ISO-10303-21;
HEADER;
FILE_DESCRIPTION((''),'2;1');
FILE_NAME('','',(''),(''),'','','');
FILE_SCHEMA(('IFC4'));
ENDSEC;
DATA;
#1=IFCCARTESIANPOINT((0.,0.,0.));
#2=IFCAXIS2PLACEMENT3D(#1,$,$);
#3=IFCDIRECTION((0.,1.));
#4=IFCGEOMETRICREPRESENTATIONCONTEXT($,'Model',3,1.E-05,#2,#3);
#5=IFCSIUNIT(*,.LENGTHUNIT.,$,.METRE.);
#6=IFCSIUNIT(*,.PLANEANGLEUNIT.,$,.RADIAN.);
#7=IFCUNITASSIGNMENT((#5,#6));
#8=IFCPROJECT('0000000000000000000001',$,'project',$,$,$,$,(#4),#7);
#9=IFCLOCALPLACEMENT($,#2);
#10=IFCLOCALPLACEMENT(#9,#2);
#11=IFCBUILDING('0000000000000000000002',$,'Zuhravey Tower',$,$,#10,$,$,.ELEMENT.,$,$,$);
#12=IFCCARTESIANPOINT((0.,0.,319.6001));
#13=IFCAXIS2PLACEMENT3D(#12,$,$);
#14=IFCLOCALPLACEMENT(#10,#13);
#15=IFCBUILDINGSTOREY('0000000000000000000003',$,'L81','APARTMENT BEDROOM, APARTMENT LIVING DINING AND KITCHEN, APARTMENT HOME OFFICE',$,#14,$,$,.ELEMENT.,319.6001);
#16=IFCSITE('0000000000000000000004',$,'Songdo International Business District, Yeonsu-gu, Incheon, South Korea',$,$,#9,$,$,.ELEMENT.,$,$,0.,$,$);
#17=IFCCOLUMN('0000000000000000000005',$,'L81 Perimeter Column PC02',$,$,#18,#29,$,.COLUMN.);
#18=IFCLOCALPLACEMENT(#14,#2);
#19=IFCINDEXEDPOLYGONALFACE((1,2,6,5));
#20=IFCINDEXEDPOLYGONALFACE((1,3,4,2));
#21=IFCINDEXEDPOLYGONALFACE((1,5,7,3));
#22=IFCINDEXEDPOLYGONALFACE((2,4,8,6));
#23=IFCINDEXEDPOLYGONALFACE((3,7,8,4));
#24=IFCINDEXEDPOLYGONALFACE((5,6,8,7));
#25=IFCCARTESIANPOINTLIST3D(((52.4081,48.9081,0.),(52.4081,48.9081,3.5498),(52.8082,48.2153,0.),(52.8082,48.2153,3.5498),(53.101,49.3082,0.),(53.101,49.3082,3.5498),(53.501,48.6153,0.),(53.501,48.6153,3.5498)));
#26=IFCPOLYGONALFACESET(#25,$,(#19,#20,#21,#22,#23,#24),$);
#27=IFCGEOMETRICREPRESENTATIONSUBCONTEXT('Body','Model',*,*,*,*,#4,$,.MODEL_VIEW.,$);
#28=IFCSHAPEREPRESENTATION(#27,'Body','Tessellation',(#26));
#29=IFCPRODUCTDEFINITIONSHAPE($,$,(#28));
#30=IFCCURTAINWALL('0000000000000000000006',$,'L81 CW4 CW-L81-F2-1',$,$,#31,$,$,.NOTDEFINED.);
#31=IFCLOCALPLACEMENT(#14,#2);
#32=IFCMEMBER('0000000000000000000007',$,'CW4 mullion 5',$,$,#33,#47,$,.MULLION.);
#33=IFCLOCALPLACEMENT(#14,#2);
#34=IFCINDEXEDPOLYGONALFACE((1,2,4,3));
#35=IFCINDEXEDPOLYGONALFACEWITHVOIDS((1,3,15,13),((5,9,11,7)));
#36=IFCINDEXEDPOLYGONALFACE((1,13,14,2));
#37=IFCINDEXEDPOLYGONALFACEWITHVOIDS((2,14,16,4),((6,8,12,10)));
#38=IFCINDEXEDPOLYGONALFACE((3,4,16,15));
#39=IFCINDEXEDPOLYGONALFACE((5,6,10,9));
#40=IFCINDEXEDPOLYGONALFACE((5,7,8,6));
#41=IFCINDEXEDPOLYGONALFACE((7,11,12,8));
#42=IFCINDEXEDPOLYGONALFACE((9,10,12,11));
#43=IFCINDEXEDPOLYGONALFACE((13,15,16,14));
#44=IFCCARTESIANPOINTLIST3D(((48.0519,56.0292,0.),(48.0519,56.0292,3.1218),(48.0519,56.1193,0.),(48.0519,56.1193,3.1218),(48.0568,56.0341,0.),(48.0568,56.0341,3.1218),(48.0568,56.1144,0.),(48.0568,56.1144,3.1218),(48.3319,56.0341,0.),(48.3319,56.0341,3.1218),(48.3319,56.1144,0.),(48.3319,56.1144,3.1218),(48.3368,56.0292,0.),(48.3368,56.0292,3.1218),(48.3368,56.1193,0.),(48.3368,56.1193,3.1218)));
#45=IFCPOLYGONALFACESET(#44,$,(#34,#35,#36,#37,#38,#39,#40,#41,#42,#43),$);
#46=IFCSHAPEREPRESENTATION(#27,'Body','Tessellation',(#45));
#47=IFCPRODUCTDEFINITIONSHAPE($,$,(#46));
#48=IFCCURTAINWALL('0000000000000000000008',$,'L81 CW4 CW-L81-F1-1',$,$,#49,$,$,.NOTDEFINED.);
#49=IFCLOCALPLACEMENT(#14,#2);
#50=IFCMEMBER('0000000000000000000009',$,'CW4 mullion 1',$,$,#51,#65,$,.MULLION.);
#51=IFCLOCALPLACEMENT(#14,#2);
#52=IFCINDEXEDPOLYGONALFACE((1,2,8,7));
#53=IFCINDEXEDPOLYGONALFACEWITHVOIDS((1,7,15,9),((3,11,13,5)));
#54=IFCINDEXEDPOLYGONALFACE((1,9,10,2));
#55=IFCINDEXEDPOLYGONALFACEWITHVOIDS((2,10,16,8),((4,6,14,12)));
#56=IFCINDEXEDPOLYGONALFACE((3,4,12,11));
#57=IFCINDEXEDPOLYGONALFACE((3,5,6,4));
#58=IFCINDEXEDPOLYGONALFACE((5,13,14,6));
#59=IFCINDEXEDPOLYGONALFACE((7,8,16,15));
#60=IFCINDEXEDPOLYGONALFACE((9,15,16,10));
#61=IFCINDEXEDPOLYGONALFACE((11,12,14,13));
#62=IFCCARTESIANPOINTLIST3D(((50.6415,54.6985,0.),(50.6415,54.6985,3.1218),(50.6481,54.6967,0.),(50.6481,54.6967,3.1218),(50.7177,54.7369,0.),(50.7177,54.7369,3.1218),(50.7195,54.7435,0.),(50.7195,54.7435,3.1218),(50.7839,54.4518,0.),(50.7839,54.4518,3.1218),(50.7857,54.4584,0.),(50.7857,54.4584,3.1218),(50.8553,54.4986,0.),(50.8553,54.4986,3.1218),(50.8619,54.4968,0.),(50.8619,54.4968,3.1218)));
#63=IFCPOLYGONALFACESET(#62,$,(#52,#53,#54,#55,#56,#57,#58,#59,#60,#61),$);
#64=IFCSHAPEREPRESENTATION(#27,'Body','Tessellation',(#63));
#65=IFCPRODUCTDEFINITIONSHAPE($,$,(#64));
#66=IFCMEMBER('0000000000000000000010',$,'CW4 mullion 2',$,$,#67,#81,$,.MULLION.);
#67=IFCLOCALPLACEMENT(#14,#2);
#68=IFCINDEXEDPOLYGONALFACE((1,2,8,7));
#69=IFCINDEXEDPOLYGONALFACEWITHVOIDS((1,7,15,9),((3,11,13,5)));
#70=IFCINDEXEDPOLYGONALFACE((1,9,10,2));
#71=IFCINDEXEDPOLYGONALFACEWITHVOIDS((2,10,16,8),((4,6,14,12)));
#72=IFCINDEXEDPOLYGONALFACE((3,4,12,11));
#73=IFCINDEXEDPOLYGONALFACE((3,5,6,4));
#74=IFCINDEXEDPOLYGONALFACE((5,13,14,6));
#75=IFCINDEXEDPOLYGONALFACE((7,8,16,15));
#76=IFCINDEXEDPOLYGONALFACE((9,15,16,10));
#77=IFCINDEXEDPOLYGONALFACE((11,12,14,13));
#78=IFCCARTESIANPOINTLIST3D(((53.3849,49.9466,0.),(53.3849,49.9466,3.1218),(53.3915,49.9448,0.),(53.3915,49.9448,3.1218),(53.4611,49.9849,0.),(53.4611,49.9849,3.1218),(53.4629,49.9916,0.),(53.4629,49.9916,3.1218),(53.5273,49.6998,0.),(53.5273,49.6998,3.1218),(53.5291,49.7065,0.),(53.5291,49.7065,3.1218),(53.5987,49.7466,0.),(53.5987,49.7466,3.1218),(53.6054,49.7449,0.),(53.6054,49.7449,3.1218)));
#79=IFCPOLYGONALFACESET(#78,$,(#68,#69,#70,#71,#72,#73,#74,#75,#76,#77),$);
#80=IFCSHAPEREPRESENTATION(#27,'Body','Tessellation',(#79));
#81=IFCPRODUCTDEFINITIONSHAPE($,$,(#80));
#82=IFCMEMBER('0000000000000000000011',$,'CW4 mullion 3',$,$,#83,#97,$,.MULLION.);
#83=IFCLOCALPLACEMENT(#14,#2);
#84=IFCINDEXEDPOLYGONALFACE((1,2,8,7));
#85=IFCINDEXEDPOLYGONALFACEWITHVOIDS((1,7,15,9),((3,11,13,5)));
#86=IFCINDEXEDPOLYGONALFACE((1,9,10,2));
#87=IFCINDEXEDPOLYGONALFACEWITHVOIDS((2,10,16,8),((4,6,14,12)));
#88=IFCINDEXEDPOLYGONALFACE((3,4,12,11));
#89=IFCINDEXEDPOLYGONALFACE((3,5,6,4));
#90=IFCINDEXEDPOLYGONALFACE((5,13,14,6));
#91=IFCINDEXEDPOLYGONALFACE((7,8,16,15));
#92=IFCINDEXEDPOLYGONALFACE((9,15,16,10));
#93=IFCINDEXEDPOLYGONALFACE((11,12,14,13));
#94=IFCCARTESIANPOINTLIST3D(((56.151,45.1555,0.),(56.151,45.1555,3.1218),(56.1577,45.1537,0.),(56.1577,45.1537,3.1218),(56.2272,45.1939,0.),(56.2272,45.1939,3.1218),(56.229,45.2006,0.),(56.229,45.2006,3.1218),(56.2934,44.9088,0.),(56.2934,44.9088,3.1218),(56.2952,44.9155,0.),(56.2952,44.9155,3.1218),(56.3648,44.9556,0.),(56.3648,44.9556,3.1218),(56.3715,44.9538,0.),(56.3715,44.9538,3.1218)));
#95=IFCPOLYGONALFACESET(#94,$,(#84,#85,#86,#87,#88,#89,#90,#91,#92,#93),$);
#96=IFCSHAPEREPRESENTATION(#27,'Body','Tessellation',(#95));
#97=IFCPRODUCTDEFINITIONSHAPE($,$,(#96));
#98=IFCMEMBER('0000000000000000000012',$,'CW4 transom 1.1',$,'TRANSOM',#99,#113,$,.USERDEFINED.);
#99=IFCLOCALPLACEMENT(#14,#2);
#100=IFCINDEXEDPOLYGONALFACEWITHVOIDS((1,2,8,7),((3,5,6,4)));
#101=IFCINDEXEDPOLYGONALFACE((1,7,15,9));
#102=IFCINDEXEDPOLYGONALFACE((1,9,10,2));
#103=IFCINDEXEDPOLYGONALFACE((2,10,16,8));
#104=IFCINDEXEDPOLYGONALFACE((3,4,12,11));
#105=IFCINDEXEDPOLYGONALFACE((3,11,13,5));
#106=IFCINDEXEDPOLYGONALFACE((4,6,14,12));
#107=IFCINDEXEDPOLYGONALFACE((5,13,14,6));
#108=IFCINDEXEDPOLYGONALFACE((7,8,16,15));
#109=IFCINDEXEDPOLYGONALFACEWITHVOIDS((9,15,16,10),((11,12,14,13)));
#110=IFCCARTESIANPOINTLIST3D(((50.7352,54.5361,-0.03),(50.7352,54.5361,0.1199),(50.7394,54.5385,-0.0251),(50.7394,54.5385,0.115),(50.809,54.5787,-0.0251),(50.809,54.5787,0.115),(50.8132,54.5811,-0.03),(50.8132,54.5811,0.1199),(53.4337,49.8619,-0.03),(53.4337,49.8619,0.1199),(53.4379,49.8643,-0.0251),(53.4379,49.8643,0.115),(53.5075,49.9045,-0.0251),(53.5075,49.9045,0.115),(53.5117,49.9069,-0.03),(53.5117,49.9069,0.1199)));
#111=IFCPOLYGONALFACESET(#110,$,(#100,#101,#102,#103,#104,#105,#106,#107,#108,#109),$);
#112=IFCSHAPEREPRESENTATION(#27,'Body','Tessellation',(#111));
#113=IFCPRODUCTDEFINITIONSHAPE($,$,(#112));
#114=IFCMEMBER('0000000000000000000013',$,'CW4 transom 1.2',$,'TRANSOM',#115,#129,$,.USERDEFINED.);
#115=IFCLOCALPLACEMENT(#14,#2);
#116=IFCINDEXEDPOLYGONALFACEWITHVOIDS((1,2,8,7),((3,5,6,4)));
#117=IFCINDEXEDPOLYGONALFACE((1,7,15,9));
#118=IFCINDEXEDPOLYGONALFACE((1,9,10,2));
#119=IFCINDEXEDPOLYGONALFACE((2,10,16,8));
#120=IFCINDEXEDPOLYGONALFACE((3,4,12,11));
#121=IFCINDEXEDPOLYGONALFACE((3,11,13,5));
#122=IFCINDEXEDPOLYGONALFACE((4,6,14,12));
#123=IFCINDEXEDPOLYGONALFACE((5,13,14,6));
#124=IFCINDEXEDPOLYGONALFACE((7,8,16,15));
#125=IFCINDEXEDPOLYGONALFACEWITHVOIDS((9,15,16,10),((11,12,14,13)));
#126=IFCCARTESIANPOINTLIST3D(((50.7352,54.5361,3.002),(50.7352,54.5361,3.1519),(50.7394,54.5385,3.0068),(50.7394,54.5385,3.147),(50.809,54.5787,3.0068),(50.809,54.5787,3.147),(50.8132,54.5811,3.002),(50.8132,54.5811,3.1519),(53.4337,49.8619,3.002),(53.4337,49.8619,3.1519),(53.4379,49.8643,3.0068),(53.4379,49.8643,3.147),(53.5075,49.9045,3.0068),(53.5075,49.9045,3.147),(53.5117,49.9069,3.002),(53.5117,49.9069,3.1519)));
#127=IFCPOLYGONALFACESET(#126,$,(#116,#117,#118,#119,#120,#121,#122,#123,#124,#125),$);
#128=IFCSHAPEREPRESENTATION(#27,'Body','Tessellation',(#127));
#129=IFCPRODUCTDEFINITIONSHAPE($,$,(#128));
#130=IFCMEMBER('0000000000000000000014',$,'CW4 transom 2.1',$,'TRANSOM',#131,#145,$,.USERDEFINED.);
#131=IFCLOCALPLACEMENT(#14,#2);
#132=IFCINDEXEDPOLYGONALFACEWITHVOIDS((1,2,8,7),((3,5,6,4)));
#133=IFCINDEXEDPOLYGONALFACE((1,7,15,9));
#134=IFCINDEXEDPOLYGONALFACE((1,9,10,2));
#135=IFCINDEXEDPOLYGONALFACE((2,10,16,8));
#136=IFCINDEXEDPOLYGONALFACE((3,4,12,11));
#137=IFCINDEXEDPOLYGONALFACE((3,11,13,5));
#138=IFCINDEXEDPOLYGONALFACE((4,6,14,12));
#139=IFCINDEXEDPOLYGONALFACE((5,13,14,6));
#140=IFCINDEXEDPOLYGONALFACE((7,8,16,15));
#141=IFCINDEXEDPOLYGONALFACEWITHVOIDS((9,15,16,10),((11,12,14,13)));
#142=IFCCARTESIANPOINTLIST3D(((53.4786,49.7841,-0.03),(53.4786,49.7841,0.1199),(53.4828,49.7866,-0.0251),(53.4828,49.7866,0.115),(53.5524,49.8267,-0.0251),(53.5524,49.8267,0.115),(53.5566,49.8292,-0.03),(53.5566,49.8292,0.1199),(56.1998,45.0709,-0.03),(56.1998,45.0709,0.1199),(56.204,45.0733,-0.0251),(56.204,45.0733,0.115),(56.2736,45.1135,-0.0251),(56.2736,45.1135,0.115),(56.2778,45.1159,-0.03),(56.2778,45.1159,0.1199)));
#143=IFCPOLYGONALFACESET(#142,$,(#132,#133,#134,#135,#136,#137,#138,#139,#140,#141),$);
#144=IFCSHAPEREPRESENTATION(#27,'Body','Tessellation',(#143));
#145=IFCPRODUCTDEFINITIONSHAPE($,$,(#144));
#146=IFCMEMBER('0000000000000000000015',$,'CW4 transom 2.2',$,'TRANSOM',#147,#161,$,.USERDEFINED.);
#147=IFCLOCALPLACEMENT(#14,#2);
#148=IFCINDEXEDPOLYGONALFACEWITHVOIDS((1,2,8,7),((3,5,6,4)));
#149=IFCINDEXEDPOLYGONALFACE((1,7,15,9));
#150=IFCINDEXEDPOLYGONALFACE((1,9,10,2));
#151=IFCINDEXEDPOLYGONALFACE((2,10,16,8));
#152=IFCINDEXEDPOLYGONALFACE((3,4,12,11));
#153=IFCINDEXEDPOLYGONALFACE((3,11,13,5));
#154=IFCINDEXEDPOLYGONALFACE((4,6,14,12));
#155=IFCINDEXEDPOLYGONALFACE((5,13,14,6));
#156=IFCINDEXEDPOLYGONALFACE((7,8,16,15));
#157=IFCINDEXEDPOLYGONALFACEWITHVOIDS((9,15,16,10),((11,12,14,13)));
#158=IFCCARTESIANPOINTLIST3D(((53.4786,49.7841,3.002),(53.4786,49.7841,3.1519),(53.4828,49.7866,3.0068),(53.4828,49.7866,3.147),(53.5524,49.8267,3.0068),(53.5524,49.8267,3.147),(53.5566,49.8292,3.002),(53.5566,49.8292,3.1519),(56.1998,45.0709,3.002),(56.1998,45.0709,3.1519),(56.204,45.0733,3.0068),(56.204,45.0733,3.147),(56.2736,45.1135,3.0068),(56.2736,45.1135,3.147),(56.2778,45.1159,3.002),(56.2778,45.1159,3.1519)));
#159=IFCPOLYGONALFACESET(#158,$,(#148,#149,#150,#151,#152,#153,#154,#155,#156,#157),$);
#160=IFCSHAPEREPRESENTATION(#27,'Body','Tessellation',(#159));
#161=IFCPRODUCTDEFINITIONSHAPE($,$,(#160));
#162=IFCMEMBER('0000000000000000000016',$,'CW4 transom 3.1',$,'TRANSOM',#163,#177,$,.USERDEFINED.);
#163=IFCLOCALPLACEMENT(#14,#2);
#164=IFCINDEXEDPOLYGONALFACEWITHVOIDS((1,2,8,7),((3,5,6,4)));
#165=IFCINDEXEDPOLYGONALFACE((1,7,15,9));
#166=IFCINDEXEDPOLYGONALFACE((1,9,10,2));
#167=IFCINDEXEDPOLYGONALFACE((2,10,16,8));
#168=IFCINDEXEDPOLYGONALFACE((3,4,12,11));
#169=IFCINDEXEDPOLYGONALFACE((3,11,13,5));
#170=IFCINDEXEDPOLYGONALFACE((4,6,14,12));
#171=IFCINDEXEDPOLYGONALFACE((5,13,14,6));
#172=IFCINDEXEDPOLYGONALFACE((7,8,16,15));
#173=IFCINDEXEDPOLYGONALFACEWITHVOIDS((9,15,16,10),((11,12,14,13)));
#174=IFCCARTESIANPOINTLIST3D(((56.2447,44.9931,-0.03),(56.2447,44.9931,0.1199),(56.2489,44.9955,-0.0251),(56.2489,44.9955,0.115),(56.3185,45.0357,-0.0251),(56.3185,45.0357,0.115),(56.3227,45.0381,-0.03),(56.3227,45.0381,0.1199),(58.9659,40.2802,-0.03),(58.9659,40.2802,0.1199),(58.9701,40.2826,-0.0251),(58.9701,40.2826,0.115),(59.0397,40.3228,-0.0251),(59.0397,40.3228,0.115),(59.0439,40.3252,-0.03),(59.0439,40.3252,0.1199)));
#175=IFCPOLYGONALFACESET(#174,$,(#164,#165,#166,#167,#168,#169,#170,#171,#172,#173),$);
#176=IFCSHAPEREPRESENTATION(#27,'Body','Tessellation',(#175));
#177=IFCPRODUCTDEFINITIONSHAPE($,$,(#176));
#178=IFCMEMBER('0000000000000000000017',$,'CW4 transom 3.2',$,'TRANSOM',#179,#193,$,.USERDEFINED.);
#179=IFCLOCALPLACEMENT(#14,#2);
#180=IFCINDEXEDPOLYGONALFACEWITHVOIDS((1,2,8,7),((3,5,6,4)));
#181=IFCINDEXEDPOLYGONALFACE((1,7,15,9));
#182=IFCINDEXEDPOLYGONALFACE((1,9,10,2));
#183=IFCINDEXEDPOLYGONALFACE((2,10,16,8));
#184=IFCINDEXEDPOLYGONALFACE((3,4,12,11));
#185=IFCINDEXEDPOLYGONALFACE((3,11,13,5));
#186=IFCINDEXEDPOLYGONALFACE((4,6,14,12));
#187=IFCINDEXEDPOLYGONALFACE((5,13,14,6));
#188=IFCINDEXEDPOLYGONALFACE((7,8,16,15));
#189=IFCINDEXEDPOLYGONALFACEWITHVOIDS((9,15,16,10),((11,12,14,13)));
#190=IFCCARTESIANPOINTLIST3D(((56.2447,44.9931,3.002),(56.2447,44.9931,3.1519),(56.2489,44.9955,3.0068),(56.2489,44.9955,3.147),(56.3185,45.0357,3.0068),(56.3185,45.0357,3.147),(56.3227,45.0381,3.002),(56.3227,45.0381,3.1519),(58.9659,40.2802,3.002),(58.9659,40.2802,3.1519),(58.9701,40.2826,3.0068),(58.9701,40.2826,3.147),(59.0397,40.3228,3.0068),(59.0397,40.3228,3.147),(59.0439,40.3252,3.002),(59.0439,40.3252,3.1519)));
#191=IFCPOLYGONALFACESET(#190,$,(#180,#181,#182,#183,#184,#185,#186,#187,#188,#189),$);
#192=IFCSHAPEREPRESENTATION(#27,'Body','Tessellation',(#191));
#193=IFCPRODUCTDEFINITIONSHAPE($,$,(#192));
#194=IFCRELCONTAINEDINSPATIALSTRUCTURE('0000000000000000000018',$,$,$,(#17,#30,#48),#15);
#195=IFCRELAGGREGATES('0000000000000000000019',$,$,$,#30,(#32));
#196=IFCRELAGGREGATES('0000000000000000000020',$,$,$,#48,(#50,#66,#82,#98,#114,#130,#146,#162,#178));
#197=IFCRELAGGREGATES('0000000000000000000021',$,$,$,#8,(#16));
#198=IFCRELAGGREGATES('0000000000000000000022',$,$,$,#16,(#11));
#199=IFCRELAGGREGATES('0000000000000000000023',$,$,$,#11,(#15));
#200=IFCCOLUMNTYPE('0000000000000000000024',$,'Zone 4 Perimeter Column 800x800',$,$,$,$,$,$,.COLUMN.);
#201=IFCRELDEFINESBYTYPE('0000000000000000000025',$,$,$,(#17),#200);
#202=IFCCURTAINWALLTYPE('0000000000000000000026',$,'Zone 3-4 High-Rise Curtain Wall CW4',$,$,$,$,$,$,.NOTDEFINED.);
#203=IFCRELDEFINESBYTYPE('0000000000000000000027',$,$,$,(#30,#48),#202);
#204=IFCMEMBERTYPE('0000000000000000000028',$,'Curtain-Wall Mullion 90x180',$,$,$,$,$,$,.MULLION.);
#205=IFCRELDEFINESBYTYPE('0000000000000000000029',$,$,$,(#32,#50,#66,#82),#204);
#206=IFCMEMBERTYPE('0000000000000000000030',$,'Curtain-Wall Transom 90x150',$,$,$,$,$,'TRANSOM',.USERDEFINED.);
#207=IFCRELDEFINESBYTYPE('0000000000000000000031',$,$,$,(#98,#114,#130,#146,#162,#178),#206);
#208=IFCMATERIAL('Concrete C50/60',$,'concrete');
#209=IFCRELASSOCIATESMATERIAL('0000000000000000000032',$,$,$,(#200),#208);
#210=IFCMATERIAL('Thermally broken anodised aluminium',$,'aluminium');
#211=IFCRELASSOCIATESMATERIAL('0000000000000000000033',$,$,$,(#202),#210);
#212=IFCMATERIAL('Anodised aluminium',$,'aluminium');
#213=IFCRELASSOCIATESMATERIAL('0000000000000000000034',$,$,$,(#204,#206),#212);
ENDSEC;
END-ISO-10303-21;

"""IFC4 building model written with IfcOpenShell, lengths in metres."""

from ifc_helpers import new_model, si_unit, direction, frame, origin, origin_2d, place, context, subcontext, project, spatial, rectangle, hollow_rectangle, extrude, material, material_profile, profile_set, type_object, element, aggregate, save


model = new_model("IFC4")

# Units and contexts
model_context = context("Model", 3, precision=1e-05, world=origin(), true_north=direction((0.0, 1.0)))
body_context = subcontext(model_context, "Body", "Model", "MODEL_VIEW")
ifc_project = project(units=[si_unit("LENGTHUNIT", "METRE"), si_unit("PLANEANGLEUNIT", "RADIAN")], contexts=[model_context])

# Site, building, storey
site_placement = place(None, origin())
site = spatial("IfcSite", under=ifc_project, at=site_placement, Name="Songdo International Business District, Yeonsu-gu, Incheon, South Korea", CompositionType="ELEMENT", RefElevation=0.0)
building_placement = place(site_placement, origin())
building = spatial("IfcBuilding", under=site, at=building_placement, Name="Zuhravey Tower", CompositionType="ELEMENT")
storey_placement = place(building_placement, frame((0.0, 0.0, 319.6001)))
storey = spatial("IfcBuildingStorey", under=building, at=storey_placement, Name="L81", Description="APARTMENT BEDROOM, APARTMENT LIVING DINING AND KITCHEN, APARTMENT HOME OFFICE", CompositionType="ELEMENT", Elevation=319.6001)

# Column
ifc_material_1 = material(Name="Concrete C50/60", Category="concrete")
ifc_material_profile_1 = material_profile(ifc_material_1, rectangle(XDim=0.8, YDim=0.8, at=origin_2d()), Name="RC-800x800")
ifc_profile_set_1 = profile_set([ifc_material_profile_1], Name="Concrete C50/60")
column_type = type_object("IfcColumnType", Name="Zone 4 Perimeter Column 800x800", PredefinedType="COLUMN", material=ifc_profile_set_1)
column_placement = place(storey_placement, frame((52.9546, 48.7617, 0.0), z_axis=(0.0, 0.0, 1.0), x_axis=(-0.5, 0.866025, 0.0)))
element("IfcColumn", 1, at=column_placement, inside=storey, type_object=column_type, Name="L81 Perimeter Column PC02", PredefinedType="COLUMN", context=body_context, shape_type="SweptSolid", body=[
    extrude(rectangle(XDim=0.8, YDim=0.8, at=origin_2d()), origin(), (0.0, 0.0, 1.0), 3.5498),
])

# Curtain wall, member
ifc_material_2 = material(Name="Thermally broken anodised aluminium", Category="aluminium")
curtain_wall_type = type_object("IfcCurtainWallType", Name="Zone 3-4 High-Rise Curtain Wall CW4", PredefinedType="NOTDEFINED", material=ifc_material_2)
curtain_wall_1_placement = place(storey_placement, origin())
curtain_wall_1 = element("IfcCurtainWall", 2, at=curtain_wall_1_placement, inside=storey, type_object=curtain_wall_type, Name="L81 CW4 CW-L81-F2-1", PredefinedType="NOTDEFINED")
ifc_material_3 = material(Name="Anodised aluminium", Category="aluminium")
ifc_material_profile_2 = material_profile(ifc_material_3, hollow_rectangle(XDim=0.0901, YDim=0.2849, WallThickness=0.0049, at=origin_2d()), Name="ALU-RHS-90x285x5")
ifc_profile_set_2 = profile_set([ifc_material_profile_2], Name="Anodised aluminium")
member_type_1 = type_object("IfcMemberType", Name="Curtain-Wall Mullion 90x180", PredefinedType="MULLION", material=ifc_profile_set_2)
member_1_placement = place(storey_placement, frame((48.1943, 56.0742, 0.0), z_axis=(0.0, 0.0, 1.0), x_axis=(0.0, 1.0, 0.0)))
member_1 = element("IfcMember", 3, at=member_1_placement, type_object=member_type_1, Name="CW4 mullion 5", PredefinedType="MULLION", context=body_context, shape_type="SweptSolid", body=[
    extrude(hollow_rectangle(XDim=0.0901, YDim=0.2849, WallThickness=0.0049, at=origin_2d()), origin(), (0.0, 0.0, 1.0), 3.1218),
])
aggregate(curtain_wall_1, [member_1])

# Curtain wall, members
curtain_wall_2_placement = place(storey_placement, origin())
curtain_wall_2 = element("IfcCurtainWall", 4, at=curtain_wall_2_placement, inside=storey, type_object=curtain_wall_type, Name="L81 CW4 CW-L81-F1-1", PredefinedType="NOTDEFINED")
member_2_placement = place(storey_placement, frame((50.7517, 54.5977, 0.0), z_axis=(0.0, 0.0, 1.0), x_axis=(0.866025, 0.500001, 0.0)))
member_2 = element("IfcMember", 5, at=member_2_placement, type_object=member_type_1, Name="CW4 mullion 1", PredefinedType="MULLION", context=body_context, shape_type="SweptSolid", body=[
    extrude(hollow_rectangle(XDim=0.0901, YDim=0.2849, WallThickness=0.0049, at=origin_2d()), origin(), (0.0, 0.0, 1.0), 3.1218),
])
member_3_placement = place(storey_placement, frame((53.4951, 49.8457, 0.0), z_axis=(0.0, 0.0, 1.0), x_axis=(0.866025, 0.500001, 0.0)))
member_3 = element("IfcMember", 6, at=member_3_placement, type_object=member_type_1, Name="CW4 mullion 2", PredefinedType="MULLION", context=body_context, shape_type="SweptSolid", body=[
    extrude(hollow_rectangle(XDim=0.0901, YDim=0.2849, WallThickness=0.0049, at=origin_2d()), origin(), (0.0, 0.0, 1.0), 3.1218),
])
member_4_placement = place(storey_placement, frame((56.2612, 45.0547, 0.0), z_axis=(0.0, 0.0, 1.0), x_axis=(0.866025, 0.500001, 0.0)))
member_4 = element("IfcMember", 7, at=member_4_placement, type_object=member_type_1, Name="CW4 mullion 3", PredefinedType="MULLION", context=body_context, shape_type="SweptSolid", body=[
    extrude(hollow_rectangle(XDim=0.0901, YDim=0.2849, WallThickness=0.0049, at=origin_2d()), origin(), (0.0, 0.0, 1.0), 3.1218),
])
ifc_material_profile_3 = material_profile(ifc_material_3, hollow_rectangle(XDim=0.0901, YDim=0.1499, WallThickness=0.0049, at=origin_2d()), Name="ALU-RHS-90x150x5")
ifc_profile_set_3 = profile_set([ifc_material_profile_3], Name="Anodised aluminium")
member_type_2 = type_object("IfcMemberType", Name="Curtain-Wall Transom 90x150", ElementType="TRANSOM", PredefinedType="USERDEFINED", material=ifc_profile_set_3)
member_5_placement = place(storey_placement, frame((50.7742, 54.5586, 0.0449), z_axis=(0.499987, -0.866033, 0.0), x_axis=(0.866033, 0.499987, 0.0)))
member_5 = element("IfcMember", 8, at=member_5_placement, type_object=member_type_2, Name="CW4 transom 1.1", ObjectType="TRANSOM", PredefinedType="USERDEFINED", context=body_context, shape_type="SweptSolid", body=[
    extrude(hollow_rectangle(XDim=0.0901, YDim=0.1499, WallThickness=0.0049, at=origin_2d()), origin(), (0.0, 0.0, 1.0), 5.3972),
])
member_6_placement = place(storey_placement, frame((50.7742, 54.5586, 3.0769), z_axis=(0.499987, -0.866033, 0.0), x_axis=(0.866033, 0.499987, 0.0)))
member_6 = element("IfcMember", 9, at=member_6_placement, type_object=member_type_2, Name="CW4 transom 1.2", ObjectType="TRANSOM", PredefinedType="USERDEFINED", context=body_context, shape_type="SweptSolid", body=[
    extrude(hollow_rectangle(XDim=0.0901, YDim=0.1499, WallThickness=0.0049, at=origin_2d()), origin(), (0.0, 0.0, 1.0), 5.3972),
])
member_7_placement = place(storey_placement, frame((53.5176, 49.8066, 0.0449), z_axis=(0.500009, -0.86602, 0.0), x_axis=(0.86602, 0.500009, 0.0)))
member_7 = element("IfcMember", 10, at=member_7_placement, type_object=member_type_2, Name="CW4 transom 2.1", ObjectType="TRANSOM", PredefinedType="USERDEFINED", context=body_context, shape_type="SweptSolid", body=[
    extrude(hollow_rectangle(XDim=0.0901, YDim=0.1499, WallThickness=0.0049, at=origin_2d()), origin(), (0.0, 0.0, 1.0), 5.4424),
])
member_8_placement = place(storey_placement, frame((53.5176, 49.8066, 3.0769), z_axis=(0.500009, -0.86602, 0.0), x_axis=(0.86602, 0.500009, 0.0)))
member_8 = element("IfcMember", 11, at=member_8_placement, type_object=member_type_2, Name="CW4 transom 2.2", ObjectType="TRANSOM", PredefinedType="USERDEFINED", context=body_context, shape_type="SweptSolid", body=[
    extrude(hollow_rectangle(XDim=0.0901, YDim=0.1499, WallThickness=0.0049, at=origin_2d()), origin(), (0.0, 0.0, 1.0), 5.4424),
])
member_9_placement = place(storey_placement, frame((56.2837, 45.0156, 0.0449), z_axis=(0.500028, -0.866009, 0.0), x_axis=(0.866009, 0.500028, 0.0)))
member_9 = element("IfcMember", 12, at=member_9_placement, type_object=member_type_2, Name="CW4 transom 3.1", ObjectType="TRANSOM", PredefinedType="USERDEFINED", context=body_context, shape_type="SweptSolid", body=[
    extrude(hollow_rectangle(XDim=0.0901, YDim=0.1499, WallThickness=0.0049, at=origin_2d()), origin(), (0.0, 0.0, 1.0), 5.4421),
])
member_10_placement = place(storey_placement, frame((56.2837, 45.0156, 3.0769), z_axis=(0.500028, -0.866009, 0.0), x_axis=(0.866009, 0.500028, 0.0)))
member_10 = element("IfcMember", 13, at=member_10_placement, type_object=member_type_2, Name="CW4 transom 3.2", ObjectType="TRANSOM", PredefinedType="USERDEFINED", context=body_context, shape_type="SweptSolid", body=[
    extrude(hollow_rectangle(XDim=0.0901, YDim=0.1499, WallThickness=0.0049, at=origin_2d()), origin(), (0.0, 0.0, 1.0), 5.4421),
])

aggregate(curtain_wall_2, [member_2, member_3, member_4, member_5, member_6, member_7, member_8, member_9, member_10])

save(model, "model.ifc")
